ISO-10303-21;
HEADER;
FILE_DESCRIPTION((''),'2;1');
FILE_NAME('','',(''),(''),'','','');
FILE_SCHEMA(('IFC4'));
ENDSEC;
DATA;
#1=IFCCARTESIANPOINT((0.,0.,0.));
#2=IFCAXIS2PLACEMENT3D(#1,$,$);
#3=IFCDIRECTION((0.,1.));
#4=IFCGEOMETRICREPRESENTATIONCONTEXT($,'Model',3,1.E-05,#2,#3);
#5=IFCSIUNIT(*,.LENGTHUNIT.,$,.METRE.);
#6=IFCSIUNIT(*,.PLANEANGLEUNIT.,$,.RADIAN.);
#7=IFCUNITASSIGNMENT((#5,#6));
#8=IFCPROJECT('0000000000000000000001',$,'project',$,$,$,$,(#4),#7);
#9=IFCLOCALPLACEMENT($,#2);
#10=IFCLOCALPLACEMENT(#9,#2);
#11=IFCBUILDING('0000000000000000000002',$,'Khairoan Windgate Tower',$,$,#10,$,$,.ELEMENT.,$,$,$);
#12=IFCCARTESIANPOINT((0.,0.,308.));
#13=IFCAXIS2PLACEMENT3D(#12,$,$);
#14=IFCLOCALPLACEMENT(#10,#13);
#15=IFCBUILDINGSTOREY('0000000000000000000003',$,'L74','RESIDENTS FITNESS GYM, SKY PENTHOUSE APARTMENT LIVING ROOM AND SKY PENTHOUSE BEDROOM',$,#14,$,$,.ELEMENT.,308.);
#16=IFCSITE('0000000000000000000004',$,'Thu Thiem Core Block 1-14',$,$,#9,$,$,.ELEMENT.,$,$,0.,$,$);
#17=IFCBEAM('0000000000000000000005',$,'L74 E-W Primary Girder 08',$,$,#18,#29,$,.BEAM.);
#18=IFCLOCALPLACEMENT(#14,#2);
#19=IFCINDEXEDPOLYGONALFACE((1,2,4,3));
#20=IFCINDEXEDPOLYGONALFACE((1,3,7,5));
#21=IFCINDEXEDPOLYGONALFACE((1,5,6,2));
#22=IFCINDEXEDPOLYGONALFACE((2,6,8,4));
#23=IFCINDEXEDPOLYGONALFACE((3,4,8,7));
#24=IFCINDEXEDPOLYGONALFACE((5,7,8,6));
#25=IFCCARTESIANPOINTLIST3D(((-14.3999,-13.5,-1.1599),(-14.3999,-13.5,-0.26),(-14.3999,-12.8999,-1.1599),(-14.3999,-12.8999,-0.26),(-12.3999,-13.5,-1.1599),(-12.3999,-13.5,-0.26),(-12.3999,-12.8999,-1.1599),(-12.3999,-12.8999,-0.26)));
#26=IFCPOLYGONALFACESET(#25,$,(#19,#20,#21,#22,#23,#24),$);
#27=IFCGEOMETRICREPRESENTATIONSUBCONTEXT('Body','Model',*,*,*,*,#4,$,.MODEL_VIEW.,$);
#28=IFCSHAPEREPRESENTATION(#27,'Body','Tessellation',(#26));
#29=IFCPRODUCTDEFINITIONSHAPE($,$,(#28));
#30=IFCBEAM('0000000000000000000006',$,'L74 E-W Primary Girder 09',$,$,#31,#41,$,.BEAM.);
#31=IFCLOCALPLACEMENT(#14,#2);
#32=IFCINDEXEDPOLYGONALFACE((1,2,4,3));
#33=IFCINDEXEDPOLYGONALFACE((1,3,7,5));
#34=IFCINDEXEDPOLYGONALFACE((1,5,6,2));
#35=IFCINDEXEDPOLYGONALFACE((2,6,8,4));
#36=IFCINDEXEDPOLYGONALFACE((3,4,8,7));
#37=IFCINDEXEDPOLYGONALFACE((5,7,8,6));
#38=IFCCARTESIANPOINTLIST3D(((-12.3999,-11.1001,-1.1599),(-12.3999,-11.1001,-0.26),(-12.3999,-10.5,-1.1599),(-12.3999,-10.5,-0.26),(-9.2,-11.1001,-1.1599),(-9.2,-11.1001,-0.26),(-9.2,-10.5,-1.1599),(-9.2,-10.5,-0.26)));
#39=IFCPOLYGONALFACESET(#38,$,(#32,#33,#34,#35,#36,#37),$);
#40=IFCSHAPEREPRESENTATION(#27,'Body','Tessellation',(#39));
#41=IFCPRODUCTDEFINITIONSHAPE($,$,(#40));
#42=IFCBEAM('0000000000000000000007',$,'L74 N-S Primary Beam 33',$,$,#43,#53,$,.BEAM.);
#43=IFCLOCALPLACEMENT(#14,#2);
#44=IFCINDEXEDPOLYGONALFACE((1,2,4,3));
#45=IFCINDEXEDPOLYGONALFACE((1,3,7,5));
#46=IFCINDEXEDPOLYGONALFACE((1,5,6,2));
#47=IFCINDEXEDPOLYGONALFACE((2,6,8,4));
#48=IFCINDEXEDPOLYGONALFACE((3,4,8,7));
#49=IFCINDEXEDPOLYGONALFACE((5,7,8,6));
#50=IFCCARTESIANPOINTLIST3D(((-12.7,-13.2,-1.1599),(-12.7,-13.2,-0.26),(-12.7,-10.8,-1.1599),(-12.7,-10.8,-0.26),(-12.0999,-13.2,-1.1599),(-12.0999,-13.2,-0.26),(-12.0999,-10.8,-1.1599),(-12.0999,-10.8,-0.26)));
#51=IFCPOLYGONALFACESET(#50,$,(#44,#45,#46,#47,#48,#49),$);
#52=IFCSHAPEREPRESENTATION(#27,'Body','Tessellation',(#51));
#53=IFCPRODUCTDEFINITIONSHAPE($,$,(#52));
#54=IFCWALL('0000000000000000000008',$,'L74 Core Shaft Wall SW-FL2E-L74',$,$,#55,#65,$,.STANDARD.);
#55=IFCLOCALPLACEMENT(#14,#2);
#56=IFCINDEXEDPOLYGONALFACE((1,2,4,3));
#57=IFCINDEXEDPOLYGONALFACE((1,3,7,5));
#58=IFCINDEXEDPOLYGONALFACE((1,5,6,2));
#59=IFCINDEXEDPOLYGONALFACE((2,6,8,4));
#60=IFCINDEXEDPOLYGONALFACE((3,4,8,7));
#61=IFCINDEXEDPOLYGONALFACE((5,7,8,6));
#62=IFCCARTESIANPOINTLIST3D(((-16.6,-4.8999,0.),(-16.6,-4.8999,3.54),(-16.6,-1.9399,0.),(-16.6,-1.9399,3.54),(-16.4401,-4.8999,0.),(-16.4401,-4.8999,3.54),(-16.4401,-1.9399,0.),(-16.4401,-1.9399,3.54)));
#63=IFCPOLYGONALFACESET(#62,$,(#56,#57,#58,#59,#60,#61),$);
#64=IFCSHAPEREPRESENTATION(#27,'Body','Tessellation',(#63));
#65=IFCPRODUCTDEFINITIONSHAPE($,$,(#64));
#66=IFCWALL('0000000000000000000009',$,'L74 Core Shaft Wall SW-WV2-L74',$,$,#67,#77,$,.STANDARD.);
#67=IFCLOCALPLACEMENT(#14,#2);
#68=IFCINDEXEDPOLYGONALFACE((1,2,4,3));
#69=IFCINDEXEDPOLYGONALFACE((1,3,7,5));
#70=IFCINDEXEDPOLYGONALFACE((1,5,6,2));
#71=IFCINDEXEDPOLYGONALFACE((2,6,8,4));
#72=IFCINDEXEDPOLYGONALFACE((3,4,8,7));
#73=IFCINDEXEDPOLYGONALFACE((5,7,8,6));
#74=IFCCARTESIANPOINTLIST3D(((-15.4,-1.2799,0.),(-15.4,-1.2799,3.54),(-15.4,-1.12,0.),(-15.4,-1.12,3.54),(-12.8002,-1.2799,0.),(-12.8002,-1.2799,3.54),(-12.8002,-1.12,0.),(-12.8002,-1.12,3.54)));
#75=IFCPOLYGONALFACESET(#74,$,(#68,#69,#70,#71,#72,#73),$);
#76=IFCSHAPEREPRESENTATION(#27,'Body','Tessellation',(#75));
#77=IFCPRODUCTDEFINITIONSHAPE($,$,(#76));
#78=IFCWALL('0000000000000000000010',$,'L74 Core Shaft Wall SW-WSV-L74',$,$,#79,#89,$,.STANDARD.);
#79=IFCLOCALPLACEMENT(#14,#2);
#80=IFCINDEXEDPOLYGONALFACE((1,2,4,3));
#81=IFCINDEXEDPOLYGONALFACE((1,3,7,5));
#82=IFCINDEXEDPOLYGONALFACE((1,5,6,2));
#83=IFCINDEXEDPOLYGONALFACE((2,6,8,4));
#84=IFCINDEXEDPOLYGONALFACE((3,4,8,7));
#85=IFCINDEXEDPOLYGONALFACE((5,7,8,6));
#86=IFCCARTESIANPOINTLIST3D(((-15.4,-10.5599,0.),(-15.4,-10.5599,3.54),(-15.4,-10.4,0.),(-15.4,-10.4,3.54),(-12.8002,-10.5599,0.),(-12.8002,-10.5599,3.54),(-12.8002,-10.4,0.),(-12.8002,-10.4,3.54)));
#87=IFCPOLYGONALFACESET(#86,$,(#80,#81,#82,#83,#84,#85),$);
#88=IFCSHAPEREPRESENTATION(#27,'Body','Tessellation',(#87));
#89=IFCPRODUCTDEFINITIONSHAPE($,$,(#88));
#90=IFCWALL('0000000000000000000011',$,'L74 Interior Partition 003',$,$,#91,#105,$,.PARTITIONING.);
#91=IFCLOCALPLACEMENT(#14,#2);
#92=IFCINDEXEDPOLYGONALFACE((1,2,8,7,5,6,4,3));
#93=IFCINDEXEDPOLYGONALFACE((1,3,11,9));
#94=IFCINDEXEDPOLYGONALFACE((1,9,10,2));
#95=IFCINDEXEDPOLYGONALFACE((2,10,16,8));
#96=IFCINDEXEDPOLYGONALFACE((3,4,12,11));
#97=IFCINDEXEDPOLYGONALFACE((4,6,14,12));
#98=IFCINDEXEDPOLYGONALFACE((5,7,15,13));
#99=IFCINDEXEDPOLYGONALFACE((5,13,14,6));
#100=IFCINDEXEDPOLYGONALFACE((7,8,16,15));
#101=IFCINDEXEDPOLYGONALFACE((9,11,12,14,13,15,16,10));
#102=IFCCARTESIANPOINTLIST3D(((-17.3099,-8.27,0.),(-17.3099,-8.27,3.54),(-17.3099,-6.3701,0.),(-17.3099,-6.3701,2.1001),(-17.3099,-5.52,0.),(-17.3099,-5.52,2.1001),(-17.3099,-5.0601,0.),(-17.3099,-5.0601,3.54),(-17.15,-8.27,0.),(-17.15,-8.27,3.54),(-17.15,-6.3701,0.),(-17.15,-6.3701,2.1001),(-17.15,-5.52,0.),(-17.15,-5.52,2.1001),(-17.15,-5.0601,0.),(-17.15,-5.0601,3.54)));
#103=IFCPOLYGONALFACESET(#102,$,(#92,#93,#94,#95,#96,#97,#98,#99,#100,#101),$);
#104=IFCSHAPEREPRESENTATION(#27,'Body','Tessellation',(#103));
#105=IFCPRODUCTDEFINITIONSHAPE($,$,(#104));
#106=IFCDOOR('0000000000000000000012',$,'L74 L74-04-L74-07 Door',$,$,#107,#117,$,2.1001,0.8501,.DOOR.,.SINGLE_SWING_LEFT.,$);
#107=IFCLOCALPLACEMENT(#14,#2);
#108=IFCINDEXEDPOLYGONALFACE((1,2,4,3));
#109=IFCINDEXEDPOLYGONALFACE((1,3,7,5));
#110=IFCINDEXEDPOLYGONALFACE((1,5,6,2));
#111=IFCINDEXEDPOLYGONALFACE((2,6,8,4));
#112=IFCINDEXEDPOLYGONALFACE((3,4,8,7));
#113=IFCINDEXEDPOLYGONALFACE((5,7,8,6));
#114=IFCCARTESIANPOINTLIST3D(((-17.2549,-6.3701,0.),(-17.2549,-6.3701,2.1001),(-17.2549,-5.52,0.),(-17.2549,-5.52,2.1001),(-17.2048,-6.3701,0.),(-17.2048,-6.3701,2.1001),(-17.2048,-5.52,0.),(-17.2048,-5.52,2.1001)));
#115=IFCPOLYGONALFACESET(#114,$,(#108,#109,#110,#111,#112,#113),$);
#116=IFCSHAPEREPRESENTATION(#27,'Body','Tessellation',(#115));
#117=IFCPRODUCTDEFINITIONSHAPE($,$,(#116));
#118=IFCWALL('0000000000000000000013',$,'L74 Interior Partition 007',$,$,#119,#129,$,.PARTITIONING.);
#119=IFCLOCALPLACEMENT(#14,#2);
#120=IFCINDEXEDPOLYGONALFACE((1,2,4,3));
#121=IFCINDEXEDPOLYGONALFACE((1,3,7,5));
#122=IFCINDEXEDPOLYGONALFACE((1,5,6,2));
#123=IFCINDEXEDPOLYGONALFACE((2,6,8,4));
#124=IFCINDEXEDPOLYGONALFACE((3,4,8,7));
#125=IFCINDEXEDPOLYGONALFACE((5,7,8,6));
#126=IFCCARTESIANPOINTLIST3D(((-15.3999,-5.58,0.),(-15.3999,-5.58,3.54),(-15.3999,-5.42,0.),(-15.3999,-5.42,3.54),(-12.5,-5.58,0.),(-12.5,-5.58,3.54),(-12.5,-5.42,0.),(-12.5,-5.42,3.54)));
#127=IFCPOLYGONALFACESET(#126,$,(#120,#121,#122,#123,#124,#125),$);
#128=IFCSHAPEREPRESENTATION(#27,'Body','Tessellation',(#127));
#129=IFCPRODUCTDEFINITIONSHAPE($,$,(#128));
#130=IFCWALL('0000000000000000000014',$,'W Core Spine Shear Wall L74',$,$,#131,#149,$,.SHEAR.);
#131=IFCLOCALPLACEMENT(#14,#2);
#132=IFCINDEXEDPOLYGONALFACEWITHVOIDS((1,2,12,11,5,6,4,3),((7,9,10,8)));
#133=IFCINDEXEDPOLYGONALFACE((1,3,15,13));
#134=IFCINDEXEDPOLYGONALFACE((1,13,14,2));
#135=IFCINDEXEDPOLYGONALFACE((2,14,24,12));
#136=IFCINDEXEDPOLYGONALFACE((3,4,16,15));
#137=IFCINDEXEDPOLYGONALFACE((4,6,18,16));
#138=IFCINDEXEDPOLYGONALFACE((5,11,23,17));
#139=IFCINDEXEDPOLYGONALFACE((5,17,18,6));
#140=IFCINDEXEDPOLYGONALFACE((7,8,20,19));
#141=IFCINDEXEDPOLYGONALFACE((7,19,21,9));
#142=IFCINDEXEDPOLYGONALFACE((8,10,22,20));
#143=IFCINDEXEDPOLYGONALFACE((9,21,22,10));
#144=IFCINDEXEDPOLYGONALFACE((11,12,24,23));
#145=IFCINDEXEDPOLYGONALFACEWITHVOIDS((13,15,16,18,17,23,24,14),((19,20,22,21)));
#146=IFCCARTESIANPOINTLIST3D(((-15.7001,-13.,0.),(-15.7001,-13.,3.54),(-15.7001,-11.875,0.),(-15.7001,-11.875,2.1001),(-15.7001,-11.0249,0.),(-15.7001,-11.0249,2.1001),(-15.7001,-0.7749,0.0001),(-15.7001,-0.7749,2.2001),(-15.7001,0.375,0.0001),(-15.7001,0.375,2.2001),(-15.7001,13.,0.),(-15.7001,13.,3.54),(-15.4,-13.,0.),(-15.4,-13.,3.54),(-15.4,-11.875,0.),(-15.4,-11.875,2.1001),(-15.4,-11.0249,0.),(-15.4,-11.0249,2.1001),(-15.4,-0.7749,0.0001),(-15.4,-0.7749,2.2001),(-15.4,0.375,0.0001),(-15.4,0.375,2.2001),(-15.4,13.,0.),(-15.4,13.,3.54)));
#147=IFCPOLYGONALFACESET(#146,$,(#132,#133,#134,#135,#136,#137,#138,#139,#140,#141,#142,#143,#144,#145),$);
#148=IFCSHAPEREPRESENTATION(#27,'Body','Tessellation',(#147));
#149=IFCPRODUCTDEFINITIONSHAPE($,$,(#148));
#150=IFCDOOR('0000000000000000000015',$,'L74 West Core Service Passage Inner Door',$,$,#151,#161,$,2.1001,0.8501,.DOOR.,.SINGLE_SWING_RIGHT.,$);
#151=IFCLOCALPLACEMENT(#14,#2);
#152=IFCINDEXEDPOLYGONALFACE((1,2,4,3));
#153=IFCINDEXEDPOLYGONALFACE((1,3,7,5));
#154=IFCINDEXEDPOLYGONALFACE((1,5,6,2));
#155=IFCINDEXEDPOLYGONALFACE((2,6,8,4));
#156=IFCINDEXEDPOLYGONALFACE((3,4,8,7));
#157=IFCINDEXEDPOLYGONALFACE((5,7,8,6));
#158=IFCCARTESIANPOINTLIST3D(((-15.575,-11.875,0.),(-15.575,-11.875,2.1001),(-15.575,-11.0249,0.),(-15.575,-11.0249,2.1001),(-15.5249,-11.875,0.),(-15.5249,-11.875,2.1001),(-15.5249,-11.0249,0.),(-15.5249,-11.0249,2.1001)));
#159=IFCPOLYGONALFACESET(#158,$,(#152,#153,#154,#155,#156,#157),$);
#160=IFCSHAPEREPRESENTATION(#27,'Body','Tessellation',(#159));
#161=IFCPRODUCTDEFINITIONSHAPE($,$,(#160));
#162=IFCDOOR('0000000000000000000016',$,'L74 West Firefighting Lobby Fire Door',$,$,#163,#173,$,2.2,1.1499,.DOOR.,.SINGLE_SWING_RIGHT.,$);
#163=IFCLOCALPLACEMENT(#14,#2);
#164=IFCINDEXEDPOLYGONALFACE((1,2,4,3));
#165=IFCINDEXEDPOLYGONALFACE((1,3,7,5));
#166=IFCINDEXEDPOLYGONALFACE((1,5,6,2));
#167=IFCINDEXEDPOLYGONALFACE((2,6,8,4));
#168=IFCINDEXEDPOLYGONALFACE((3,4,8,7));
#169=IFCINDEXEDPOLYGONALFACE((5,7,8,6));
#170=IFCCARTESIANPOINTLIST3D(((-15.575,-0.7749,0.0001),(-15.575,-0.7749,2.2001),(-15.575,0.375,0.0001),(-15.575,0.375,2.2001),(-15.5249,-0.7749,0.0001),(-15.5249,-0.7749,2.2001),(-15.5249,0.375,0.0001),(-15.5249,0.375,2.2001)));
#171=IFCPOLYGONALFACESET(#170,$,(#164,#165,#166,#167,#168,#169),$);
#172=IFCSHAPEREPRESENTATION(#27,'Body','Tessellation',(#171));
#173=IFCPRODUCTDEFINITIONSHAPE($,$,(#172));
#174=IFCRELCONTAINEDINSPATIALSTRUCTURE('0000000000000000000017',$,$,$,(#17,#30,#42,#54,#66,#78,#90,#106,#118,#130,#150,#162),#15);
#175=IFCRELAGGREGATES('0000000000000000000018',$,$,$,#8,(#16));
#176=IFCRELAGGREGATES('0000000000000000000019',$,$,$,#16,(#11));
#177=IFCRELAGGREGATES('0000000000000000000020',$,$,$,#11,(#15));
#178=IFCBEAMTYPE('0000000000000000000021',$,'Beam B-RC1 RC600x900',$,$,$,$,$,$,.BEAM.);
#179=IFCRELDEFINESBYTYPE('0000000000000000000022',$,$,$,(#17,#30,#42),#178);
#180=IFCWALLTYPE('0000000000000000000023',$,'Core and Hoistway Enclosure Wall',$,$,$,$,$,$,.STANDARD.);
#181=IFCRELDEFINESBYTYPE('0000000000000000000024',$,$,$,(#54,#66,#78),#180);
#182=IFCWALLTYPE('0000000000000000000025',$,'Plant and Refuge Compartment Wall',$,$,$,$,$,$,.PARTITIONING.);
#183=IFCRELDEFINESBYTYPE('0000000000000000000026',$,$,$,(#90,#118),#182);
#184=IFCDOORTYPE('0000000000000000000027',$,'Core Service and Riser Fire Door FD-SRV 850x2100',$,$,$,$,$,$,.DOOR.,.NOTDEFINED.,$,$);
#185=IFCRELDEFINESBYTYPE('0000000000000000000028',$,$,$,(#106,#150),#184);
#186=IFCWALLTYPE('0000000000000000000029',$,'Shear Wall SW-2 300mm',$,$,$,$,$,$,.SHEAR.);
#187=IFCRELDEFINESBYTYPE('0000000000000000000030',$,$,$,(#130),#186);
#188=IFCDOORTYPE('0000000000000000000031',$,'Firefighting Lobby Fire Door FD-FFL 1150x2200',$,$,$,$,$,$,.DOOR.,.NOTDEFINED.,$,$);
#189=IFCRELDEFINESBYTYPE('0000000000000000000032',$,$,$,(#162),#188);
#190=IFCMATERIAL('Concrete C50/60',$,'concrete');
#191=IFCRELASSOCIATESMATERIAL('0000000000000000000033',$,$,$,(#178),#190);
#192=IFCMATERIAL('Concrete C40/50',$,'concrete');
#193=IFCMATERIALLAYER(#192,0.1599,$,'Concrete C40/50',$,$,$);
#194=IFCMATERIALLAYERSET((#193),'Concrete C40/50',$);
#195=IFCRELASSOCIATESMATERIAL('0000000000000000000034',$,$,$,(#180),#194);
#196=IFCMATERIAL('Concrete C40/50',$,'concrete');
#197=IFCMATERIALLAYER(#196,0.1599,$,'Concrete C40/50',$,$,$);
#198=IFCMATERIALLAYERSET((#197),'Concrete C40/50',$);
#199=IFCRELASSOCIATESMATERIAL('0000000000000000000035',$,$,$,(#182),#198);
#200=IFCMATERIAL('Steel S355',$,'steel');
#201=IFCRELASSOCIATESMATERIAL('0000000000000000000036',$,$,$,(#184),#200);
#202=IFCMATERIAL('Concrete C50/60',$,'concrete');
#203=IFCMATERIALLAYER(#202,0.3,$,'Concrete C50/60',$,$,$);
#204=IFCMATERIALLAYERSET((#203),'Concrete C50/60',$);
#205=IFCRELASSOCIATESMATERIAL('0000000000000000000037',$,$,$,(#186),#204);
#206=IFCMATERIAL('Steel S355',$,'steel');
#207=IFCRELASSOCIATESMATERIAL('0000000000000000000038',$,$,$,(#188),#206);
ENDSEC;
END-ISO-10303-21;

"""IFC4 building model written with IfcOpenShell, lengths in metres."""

from ifc_helpers import new_model, si_unit, direction, frame, frame_2d, origin, origin_2d, place, context, subcontext, project, spatial, rectangle, extrude, material, layer, layer_set, material_profile, profile_set, type_object, element, fill, save


model = new_model("IFC4")

# Units and contexts
model_context = context("Model", 3, precision=1e-05, world=origin(), true_north=direction((0.0, 1.0)))
body_context = subcontext(model_context, "Body", "Model", "MODEL_VIEW")
ifc_project = project(units=[si_unit("LENGTHUNIT", "METRE"), si_unit("PLANEANGLEUNIT", "RADIAN")], contexts=[model_context])

# Site, building, storey
site_placement = place(None, origin())
site = spatial("IfcSite", under=ifc_project, at=site_placement, Name="Thu Thiem Core Block 1-14", CompositionType="ELEMENT", RefElevation=0.0)
building_placement = place(site_placement, origin())
building = spatial("IfcBuilding", under=site, at=building_placement, Name="Khairoan Windgate Tower", CompositionType="ELEMENT")
storey_placement = place(building_placement, frame((0.0, 0.0, 308.0)))
storey = spatial("IfcBuildingStorey", under=building, at=storey_placement, Name="L74", Description="RESIDENTS FITNESS GYM, SKY PENTHOUSE APARTMENT LIVING ROOM AND SKY PENTHOUSE BEDROOM", CompositionType="ELEMENT", Elevation=308.0)

# Beams
ifc_material_1 = material(Name="Concrete C50/60", Category="concrete")
ifc_material_profile = material_profile(ifc_material_1, rectangle(XDim=0.6001, YDim=0.8999, at=origin_2d()))
ifc_profile_set = profile_set([ifc_material_profile], Name="Concrete C50/60")
beam_type = type_object("IfcBeamType", Name="Beam B-RC1 RC600x900", PredefinedType="BEAM", material=ifc_profile_set)
beam_1_placement = place(storey_placement, frame((-14.3999, -13.2, -0.71), z_axis=(1.0, 0.0, 0.0), x_axis=(0.0, 1.0, 0.0)))
element("IfcBeam", 1, at=beam_1_placement, inside=storey, type_object=beam_type, Name="L74 E-W Primary Girder 08", PredefinedType="BEAM", context=body_context, shape_type="SweptSolid", body=[
    extrude(rectangle(XDim=0.6001, YDim=0.8999, at=origin_2d()), origin(), (0.0, 0.0, 1.0), 2.0),
])
beam_2_placement = place(storey_placement, frame((-12.3999, -10.8, -0.71), z_axis=(1.0, 0.0, 0.0), x_axis=(0.0, 1.0, 0.0)))
element("IfcBeam", 2, at=beam_2_placement, inside=storey, type_object=beam_type, Name="L74 E-W Primary Girder 09", PredefinedType="BEAM", context=body_context, shape_type="SweptSolid", body=[
    extrude(rectangle(XDim=0.6001, YDim=0.8999, at=origin_2d()), origin(), (0.0, 0.0, 1.0), 3.2),
])
beam_3_placement = place(storey_placement, frame((-12.3999, -13.2, -0.71), z_axis=(0.0, 1.0, 0.0), x_axis=(-1.0, 0.0, 0.0)))
element("IfcBeam", 3, at=beam_3_placement, inside=storey, type_object=beam_type, Name="L74 N-S Primary Beam 33", PredefinedType="BEAM", context=body_context, shape_type="SweptSolid", body=[
    extrude(rectangle(XDim=0.6001, YDim=0.8999, at=origin_2d()), origin(), (0.0, 0.0, 1.0), 2.3999),
])

# Walls
ifc_material_2 = material(Name="Concrete C40/50", Category="concrete")
ifc_layer_1 = layer(ifc_material_2, 0.1599, Name="Concrete C40/50")
ifc_layer_set_1 = layer_set([ifc_layer_1], Name="Concrete C40/50")
wall_type_1 = type_object("IfcWallType", Name="Core and Hoistway Enclosure Wall", PredefinedType="STANDARD", material=ifc_layer_set_1)
wall_1_placement = place(storey_placement, frame((-16.52, -4.8999, 0.0), z_axis=(0.0, 0.0, 1.0), x_axis=(0.0, 1.0, 0.0)))
element("IfcWall", 4, at=wall_1_placement, inside=storey, type_object=wall_type_1, Name="L74 Core Shaft Wall SW-FL2E-L74", PredefinedType="STANDARD", context=body_context, shape_type="SweptSolid", body=[
    extrude(rectangle(XDim=2.96, YDim=0.1599, at=frame_2d((1.48, 0.0))), origin(), (0.0, 0.0, 1.0), 3.54),
])
for number, where, z_axis, x_axis, name in (
    (5, (-15.3999, -1.2, 0.0), (0.0, 0.0, 1.0), (1.0, 0.0, 0.0), "L74 Core Shaft Wall SW-WV2-L74"),
    (6, (-15.3999, -10.48, 0.0), (0.0, 0.0, 1.0), (1.0, 0.0, 0.0), "L74 Core Shaft Wall SW-WSV-L74"),
):
    element("IfcWall", number, at=place(storey_placement, frame(where, z_axis=z_axis, x_axis=x_axis)), inside=storey, type_object=wall_type_1, Name=name, PredefinedType="STANDARD", context=body_context, shape_type="SweptSolid", body=[
        extrude(rectangle(XDim=2.5999, YDim=0.1599, at=frame_2d((1.2998, 0.0))), origin(), (0.0, 0.0, 1.0), 3.54),
    ])

# Wall, opening, door
ifc_material_3 = material(Name="Concrete C40/50", Category="concrete")
ifc_layer_2 = layer(ifc_material_3, 0.1599, Name="Concrete C40/50")
ifc_layer_set_2 = layer_set([ifc_layer_2], Name="Concrete C40/50")
wall_type_2 = type_object("IfcWallType", Name="Plant and Refuge Compartment Wall", PredefinedType="PARTITIONING", material=ifc_layer_set_2)
wall_2_placement = place(storey_placement, frame((-17.23, -8.27, 0.0), z_axis=(0.0, 0.0, 1.0), x_axis=(0.0, 1.0, 0.0)))
wall_2 = element("IfcWall", 7, at=wall_2_placement, inside=storey, type_object=wall_type_2, Name="L74 Interior Partition 003", PredefinedType="PARTITIONING", context=body_context, shape_type="SweptSolid", body=[
    extrude(rectangle(XDim=3.21, YDim=0.1599, at=frame_2d((1.605, 0.0))), origin(), (0.0, 0.0, 1.0), 3.54),
])
opening_1_placement = place(wall_2_placement, frame((1.8999, 0.0, 0.0)))
opening_1 = element("IfcOpeningElement", 8, at=opening_1_placement, cuts=wall_2, PredefinedType="OPENING", context=body_context, shape_type="SweptSolid", body=[
    extrude(rectangle(XDim=0.8501, YDim=2.1001, at=frame_2d((0.425, 1.05))), frame((0.0, 0.0898, 0.0), z_axis=(0.0, -1.0, 0.0), x_axis=(1.0, 0.0, 0.0)), (0.0, 0.0, 1.0), 0.1799),
])
ifc_material_4 = material(Name="Steel S355", Category="steel")
door_type_1 = type_object("IfcDoorType", Name="Core Service and Riser Fire Door FD-SRV 850x2100", OperationType="NOTDEFINED", PredefinedType="DOOR", material=ifc_material_4)
door_1_placement = place(opening_1_placement, origin())
door_1 = element("IfcDoor", 9, at=door_1_placement, inside=storey, type_object=door_type_1, Name="L74 L74-04-L74-07 Door", OperationType="SINGLE_SWING_LEFT", OverallHeight=2.1001, OverallWidth=0.8501, PredefinedType="DOOR", context=body_context, shape_type="SweptSolid", body=[
    extrude(rectangle(XDim=0.8501, YDim=2.1001, at=frame_2d((0.425, 1.05))), frame((0.0, 0.0249, 0.0), z_axis=(0.0, -1.0, 0.0), x_axis=(1.0, 0.0, 0.0)), (0.0, 0.0, 1.0), 0.05),
])
fill(opening_1, door_1)

# Wall
wall_3_placement = place(storey_placement, frame((-15.3999, -5.5, 0.0), z_axis=(0.0, 0.0, 1.0), x_axis=(1.0, 0.0, 0.0)))
element("IfcWall", 10, at=wall_3_placement, inside=storey, type_object=wall_type_2, Name="L74 Interior Partition 007", PredefinedType="PARTITIONING", context=body_context, shape_type="SweptSolid", body=[
    extrude(rectangle(XDim=2.8999, YDim=0.1599, at=frame_2d((1.45, 0.0))), origin(), (0.0, 0.0, 1.0), 3.54),
])

# Wall, openings, doors
ifc_material_5 = material(Name="Concrete C50/60", Category="concrete")
ifc_layer_3 = layer(ifc_material_5, 0.3, Name="Concrete C50/60")
ifc_layer_set_3 = layer_set([ifc_layer_3], Name="Concrete C50/60")
wall_type_3 = type_object("IfcWallType", Name="Shear Wall SW-2 300mm", PredefinedType="SHEAR", material=ifc_layer_set_3)
wall_4_placement = place(storey_placement, frame((-15.55, -13.0, 0.0), z_axis=(0.0, 0.0, 1.0), x_axis=(0.0, 1.0, 0.0)))
wall_4 = element("IfcWall", 11, at=wall_4_placement, inside=storey, type_object=wall_type_3, Name="W Core Spine Shear Wall L74", PredefinedType="SHEAR", context=body_context, shape_type="SweptSolid", body=[
    extrude(rectangle(XDim=26.0, YDim=0.3, at=frame_2d((13.0, 0.0))), origin(), (0.0, 0.0, 1.0), 3.54),
])
opening_2_placement = place(wall_4_placement, frame((12.2251, 0.0, 0.0)))
opening_2 = element("IfcOpeningElement", 12, at=opening_2_placement, cuts=wall_4, PredefinedType="OPENING", context=body_context, shape_type="SweptSolid", body=[
    extrude(rectangle(XDim=1.1499, YDim=2.2, at=frame_2d((0.575, 1.1001))), frame((0.0, 0.1599, 0.0), z_axis=(0.0, -1.0, 0.0), x_axis=(1.0, 0.0, 0.0)), (0.0, 0.0, 1.0), 0.3201),
])
opening_3_placement = place(wall_4_placement, frame((1.125, 0.0, 0.0)))
opening_3 = element("IfcOpeningElement", 13, at=opening_3_placement, cuts=wall_4, PredefinedType="OPENING", context=body_context, shape_type="SweptSolid", body=[
    extrude(rectangle(XDim=0.8501, YDim=2.1001, at=frame_2d((0.425, 1.05))), frame((0.0, 0.1599, 0.0), z_axis=(0.0, -1.0, 0.0), x_axis=(1.0, 0.0, 0.0)), (0.0, 0.0, 1.0), 0.3201),
])
door_2_placement = place(opening_3_placement, origin())
door_2 = element("IfcDoor", 14, at=door_2_placement, inside=storey, type_object=door_type_1, Name="L74 West Core Service Passage Inner Door", OperationType="SINGLE_SWING_RIGHT", OverallHeight=2.1001, OverallWidth=0.8501, PredefinedType="DOOR", context=body_context, shape_type="SweptSolid", body=[
    extrude(rectangle(XDim=0.8501, YDim=2.1001, at=frame_2d((0.425, 1.05))), frame((0.0, 0.0249, 0.0), z_axis=(0.0, -1.0, 0.0), x_axis=(1.0, 0.0, 0.0)), (0.0, 0.0, 1.0), 0.05),
])
fill(opening_3, door_2)
ifc_material_6 = material(Name="Steel S355", Category="steel")
door_type_2 = type_object("IfcDoorType", Name="Firefighting Lobby Fire Door FD-FFL 1150x2200", OperationType="NOTDEFINED", PredefinedType="DOOR", material=ifc_material_6)
door_3_placement = place(opening_2_placement, origin())
door_3 = element("IfcDoor", 15, at=door_3_placement, inside=storey, type_object=door_type_2, Name="L74 West Firefighting Lobby Fire Door", OperationType="SINGLE_SWING_RIGHT", OverallHeight=2.2, OverallWidth=1.1499, PredefinedType="DOOR", context=body_context, shape_type="SweptSolid", body=[
    extrude(rectangle(XDim=1.1499, YDim=2.2, at=frame_2d((0.575, 1.1001))), frame((0.0, 0.0249, 0.0), z_axis=(0.0, -1.0, 0.0), x_axis=(1.0, 0.0, 0.0)), (0.0, 0.0, 1.0), 0.05),
])
fill(opening_2, door_3)

save(model, "model.ifc")
